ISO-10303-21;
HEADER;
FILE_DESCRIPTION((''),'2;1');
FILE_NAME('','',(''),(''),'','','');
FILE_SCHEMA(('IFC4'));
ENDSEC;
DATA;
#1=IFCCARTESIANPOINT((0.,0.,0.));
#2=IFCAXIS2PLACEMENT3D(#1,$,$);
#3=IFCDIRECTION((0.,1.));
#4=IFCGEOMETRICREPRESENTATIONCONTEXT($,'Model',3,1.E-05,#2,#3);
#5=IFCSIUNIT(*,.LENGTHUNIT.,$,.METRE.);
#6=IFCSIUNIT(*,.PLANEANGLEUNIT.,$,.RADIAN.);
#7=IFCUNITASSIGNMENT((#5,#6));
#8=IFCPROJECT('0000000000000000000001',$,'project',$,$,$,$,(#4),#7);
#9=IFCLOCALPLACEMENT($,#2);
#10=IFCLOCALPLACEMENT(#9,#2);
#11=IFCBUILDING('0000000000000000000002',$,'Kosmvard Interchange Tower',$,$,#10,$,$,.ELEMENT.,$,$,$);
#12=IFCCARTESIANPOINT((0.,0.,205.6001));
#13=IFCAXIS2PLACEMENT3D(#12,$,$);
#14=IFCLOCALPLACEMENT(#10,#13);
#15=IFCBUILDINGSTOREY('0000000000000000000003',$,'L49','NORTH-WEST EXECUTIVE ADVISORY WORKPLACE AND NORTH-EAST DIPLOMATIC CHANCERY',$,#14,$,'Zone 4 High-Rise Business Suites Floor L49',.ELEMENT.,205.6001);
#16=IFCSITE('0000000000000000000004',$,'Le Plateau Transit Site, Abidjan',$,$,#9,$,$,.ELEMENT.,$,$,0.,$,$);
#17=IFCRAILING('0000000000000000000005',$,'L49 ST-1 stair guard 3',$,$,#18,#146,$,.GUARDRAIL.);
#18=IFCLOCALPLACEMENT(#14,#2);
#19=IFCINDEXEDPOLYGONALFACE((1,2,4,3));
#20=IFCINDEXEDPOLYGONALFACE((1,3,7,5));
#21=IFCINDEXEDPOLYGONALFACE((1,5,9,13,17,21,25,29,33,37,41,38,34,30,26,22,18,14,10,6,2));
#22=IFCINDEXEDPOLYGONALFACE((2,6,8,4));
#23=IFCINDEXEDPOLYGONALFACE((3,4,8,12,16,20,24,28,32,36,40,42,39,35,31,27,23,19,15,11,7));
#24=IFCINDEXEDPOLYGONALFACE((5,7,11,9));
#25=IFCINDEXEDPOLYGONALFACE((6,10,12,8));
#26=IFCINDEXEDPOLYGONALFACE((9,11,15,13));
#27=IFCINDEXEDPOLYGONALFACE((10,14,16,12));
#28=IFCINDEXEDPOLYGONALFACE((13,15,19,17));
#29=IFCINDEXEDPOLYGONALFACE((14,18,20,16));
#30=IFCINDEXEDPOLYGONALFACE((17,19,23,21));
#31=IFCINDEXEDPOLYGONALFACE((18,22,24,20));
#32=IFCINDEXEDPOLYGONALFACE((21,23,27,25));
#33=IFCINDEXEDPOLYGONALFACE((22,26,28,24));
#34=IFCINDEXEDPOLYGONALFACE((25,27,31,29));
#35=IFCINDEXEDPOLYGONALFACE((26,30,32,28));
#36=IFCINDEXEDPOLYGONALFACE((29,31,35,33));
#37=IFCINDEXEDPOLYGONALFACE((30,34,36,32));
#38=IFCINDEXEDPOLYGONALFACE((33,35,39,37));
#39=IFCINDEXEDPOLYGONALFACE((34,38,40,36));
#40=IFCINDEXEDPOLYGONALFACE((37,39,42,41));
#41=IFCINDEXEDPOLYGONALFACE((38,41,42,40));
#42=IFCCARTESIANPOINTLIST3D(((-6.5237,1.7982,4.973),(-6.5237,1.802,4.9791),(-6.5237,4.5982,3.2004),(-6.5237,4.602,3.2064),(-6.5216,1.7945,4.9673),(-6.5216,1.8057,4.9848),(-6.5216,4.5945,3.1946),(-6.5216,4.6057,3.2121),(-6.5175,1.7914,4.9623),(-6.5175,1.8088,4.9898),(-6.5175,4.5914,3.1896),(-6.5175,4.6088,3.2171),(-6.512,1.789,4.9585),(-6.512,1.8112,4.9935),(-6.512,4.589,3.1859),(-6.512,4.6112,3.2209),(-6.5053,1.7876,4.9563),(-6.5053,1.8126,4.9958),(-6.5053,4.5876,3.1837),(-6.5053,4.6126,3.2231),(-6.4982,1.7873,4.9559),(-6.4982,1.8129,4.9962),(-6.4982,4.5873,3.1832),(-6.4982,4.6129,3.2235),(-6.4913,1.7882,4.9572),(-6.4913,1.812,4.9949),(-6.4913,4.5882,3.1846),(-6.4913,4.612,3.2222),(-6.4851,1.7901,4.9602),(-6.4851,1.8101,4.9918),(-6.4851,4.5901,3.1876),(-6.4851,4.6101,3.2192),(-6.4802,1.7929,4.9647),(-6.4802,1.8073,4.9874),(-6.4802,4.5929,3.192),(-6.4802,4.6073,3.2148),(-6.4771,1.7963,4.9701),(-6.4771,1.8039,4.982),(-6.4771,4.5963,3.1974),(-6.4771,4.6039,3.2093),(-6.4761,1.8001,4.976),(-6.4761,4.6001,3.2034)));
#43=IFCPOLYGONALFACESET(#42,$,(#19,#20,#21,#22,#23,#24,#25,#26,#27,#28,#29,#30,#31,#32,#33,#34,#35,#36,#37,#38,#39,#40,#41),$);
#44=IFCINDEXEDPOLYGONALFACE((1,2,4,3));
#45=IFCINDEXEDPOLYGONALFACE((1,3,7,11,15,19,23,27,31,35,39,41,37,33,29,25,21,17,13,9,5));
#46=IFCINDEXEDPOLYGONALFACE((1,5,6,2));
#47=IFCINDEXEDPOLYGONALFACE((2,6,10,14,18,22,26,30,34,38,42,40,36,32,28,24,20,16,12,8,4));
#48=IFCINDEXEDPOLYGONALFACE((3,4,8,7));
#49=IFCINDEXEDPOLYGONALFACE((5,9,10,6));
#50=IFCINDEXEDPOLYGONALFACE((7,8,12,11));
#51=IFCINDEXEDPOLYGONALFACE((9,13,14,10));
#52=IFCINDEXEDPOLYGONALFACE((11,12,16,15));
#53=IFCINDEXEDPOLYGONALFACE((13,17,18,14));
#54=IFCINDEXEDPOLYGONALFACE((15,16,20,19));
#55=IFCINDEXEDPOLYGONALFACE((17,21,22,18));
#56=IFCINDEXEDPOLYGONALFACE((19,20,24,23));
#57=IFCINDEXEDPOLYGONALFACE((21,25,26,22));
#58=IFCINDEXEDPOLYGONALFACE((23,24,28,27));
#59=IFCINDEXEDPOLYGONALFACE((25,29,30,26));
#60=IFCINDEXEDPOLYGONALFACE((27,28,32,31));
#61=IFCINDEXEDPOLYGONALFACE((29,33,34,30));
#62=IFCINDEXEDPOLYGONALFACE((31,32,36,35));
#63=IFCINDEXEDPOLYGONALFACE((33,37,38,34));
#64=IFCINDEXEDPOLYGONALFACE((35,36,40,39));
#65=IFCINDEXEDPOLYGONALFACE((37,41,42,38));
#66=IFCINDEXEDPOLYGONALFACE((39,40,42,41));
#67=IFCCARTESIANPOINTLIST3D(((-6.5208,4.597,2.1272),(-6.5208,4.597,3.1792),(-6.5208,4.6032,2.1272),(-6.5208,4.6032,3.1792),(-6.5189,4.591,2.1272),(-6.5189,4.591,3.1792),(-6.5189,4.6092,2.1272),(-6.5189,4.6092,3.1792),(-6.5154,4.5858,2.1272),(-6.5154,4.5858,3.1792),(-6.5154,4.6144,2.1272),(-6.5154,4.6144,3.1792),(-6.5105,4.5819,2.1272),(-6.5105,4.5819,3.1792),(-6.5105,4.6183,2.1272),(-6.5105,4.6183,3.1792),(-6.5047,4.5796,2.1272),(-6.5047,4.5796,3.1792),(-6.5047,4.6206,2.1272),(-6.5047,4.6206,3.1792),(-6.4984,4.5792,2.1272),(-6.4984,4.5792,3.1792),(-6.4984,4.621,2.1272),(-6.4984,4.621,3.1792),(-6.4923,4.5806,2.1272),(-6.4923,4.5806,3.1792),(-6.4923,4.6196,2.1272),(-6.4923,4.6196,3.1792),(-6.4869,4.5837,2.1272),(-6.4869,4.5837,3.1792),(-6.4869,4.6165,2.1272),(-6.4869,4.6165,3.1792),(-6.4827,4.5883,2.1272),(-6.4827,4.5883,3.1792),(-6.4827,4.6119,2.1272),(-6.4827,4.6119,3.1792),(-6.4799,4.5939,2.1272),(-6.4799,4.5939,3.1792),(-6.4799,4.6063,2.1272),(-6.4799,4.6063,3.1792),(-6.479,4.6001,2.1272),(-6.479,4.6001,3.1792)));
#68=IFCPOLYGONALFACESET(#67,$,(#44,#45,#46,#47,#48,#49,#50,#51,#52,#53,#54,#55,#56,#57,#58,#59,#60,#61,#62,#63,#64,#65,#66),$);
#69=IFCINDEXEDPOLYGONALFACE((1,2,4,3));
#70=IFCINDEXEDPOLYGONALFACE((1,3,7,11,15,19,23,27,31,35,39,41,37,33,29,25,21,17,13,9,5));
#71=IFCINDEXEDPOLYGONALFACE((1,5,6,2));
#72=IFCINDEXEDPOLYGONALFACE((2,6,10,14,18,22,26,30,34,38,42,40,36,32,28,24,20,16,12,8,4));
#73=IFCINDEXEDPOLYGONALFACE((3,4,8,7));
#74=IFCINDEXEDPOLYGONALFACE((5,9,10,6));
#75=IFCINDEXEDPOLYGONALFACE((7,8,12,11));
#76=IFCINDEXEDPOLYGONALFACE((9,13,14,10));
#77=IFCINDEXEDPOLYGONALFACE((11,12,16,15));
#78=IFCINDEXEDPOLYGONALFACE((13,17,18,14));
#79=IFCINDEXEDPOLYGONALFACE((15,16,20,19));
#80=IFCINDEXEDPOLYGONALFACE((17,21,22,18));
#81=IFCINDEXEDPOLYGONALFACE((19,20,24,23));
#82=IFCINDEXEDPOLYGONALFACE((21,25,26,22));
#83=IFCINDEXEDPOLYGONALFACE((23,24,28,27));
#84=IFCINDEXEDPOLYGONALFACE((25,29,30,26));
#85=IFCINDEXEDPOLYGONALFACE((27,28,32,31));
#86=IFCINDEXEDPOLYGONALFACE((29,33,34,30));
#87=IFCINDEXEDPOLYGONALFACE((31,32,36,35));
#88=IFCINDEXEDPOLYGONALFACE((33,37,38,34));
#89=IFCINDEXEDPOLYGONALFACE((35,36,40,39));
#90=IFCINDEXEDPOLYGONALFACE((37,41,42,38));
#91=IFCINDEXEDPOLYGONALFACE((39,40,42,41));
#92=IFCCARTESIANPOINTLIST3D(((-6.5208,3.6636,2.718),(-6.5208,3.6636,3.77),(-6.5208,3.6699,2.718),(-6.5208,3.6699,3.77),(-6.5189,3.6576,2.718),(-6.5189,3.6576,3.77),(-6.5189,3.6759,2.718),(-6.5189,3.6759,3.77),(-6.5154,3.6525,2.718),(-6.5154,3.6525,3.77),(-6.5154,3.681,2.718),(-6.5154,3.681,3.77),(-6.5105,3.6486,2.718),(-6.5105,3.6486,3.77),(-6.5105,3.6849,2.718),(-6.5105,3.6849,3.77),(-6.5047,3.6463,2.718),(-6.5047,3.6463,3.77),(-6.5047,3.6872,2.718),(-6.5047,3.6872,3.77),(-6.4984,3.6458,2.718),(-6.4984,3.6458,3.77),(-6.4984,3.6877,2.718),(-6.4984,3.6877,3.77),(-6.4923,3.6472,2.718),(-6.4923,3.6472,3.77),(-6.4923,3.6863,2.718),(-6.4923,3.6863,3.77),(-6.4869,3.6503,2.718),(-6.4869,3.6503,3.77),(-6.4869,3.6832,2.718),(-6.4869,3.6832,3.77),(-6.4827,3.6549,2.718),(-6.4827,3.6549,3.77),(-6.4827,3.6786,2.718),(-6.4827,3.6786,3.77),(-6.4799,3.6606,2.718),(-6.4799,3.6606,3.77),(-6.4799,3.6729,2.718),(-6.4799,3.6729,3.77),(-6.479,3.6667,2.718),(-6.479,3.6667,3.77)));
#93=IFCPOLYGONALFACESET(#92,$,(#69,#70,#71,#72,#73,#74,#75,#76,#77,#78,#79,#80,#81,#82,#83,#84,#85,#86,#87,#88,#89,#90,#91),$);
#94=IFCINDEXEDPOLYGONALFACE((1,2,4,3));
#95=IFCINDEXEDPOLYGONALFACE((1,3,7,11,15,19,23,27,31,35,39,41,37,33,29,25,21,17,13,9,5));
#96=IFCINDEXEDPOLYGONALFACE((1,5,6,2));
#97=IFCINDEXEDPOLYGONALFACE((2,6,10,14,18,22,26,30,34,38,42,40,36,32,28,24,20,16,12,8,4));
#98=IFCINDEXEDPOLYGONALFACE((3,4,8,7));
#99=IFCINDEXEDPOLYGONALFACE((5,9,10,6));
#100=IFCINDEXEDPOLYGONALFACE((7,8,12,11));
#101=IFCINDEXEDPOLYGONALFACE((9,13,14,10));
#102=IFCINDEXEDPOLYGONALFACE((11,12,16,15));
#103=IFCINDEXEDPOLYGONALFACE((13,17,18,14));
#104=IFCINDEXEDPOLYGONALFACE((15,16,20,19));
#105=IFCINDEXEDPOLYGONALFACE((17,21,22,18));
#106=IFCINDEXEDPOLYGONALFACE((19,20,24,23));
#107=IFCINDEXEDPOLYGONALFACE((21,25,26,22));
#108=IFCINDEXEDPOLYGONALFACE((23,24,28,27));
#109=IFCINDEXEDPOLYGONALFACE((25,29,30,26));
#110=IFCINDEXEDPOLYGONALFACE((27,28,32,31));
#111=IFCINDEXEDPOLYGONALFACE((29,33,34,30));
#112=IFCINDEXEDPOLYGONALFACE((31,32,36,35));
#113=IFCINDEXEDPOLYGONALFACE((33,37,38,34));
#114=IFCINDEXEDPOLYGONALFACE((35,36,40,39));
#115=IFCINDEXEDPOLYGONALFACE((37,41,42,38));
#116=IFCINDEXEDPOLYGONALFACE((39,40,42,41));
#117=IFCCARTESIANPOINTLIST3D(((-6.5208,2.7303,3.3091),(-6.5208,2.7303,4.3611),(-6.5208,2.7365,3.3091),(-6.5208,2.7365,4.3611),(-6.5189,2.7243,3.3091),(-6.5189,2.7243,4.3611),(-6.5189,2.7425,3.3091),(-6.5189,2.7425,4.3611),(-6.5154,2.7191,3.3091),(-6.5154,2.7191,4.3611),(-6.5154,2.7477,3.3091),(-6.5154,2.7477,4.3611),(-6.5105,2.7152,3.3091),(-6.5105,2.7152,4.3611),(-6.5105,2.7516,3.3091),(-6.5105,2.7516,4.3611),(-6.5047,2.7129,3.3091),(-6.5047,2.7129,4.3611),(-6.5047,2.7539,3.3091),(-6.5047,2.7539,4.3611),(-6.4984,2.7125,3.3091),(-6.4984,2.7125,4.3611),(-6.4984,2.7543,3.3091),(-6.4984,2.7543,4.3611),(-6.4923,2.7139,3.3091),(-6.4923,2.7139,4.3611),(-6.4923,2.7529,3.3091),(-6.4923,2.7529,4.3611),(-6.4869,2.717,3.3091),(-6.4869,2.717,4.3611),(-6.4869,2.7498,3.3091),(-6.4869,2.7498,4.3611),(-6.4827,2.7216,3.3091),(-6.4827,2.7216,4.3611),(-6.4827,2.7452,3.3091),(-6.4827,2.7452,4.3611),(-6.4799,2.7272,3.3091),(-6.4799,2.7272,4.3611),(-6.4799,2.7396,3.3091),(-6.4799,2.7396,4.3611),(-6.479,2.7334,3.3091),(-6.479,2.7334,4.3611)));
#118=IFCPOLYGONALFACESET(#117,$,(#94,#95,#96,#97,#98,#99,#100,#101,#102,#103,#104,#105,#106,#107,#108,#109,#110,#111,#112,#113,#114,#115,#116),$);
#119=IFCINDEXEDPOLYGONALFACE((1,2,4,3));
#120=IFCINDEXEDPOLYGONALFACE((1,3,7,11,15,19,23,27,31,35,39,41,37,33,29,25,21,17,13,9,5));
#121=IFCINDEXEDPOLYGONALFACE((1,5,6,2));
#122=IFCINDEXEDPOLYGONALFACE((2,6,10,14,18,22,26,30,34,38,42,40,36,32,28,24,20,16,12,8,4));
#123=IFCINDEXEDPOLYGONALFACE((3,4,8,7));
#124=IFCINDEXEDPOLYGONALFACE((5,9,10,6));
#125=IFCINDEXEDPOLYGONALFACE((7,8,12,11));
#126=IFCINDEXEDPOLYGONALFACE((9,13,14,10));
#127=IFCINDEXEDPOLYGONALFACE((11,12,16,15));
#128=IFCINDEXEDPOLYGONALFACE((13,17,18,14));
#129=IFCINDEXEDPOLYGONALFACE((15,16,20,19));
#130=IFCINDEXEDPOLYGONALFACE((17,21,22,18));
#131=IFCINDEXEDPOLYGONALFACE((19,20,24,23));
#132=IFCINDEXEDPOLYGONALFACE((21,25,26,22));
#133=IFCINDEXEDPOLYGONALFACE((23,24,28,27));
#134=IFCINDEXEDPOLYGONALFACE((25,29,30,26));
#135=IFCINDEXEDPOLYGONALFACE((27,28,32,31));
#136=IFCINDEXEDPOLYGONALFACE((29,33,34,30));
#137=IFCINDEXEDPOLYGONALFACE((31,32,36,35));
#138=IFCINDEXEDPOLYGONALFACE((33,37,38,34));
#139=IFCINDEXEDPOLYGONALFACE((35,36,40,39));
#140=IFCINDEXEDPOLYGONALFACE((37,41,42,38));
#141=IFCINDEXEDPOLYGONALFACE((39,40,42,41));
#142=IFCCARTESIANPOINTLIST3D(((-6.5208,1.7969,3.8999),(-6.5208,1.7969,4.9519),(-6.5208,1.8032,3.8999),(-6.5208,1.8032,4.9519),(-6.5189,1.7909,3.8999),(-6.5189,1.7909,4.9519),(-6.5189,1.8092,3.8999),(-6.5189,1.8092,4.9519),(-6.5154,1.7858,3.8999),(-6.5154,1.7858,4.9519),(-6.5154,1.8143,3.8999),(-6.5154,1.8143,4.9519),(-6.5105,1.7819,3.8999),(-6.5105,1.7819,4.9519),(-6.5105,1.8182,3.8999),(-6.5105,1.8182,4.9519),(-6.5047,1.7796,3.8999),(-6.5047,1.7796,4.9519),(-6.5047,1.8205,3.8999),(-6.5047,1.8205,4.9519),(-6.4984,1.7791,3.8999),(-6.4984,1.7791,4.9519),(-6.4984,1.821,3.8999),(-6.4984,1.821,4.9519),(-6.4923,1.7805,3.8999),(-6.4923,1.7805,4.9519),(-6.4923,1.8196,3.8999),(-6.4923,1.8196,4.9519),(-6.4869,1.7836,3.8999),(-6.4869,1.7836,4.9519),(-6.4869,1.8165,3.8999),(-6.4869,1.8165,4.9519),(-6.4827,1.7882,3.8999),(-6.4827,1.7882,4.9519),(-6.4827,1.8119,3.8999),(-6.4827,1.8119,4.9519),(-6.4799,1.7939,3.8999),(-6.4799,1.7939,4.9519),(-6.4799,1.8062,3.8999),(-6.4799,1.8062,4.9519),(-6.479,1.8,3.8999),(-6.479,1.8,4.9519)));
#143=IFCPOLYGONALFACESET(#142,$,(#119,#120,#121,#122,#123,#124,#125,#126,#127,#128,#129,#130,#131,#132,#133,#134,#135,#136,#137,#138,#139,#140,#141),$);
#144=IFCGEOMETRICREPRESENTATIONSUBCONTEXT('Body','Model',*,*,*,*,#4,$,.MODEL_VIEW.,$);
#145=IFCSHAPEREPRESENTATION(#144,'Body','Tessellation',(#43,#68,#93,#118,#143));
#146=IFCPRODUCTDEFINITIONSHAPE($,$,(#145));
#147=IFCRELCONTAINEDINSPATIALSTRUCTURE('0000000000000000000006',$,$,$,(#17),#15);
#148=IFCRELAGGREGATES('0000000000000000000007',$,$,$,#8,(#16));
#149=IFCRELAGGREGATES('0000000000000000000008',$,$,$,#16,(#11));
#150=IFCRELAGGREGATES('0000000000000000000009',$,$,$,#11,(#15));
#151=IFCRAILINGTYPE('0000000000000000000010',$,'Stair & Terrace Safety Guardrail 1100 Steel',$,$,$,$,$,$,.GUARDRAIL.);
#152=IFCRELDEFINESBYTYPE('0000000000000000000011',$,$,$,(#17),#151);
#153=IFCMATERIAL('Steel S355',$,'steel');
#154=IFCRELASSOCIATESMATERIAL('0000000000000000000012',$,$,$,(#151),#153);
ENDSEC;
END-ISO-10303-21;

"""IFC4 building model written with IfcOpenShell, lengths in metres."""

from ifc_helpers import new_model, si_unit, direction, frame, origin, origin_2d, place, context, subcontext, project, spatial, circle, extrude, source, transform, mapped, material, type_object, element, save


model = new_model("IFC4")

# Units and contexts
model_context = context("Model", 3, precision=1e-05, world=origin(), true_north=direction((0.0, 1.0)))
body_context = subcontext(model_context, "Body", "Model", "MODEL_VIEW")
ifc_project = project(units=[si_unit("LENGTHUNIT", "METRE"), si_unit("PLANEANGLEUNIT", "RADIAN")], contexts=[model_context])

# Site, building, storey
site_placement = place(None, origin())
site = spatial("IfcSite", under=ifc_project, at=site_placement, Name="Le Plateau Transit Site, Abidjan", CompositionType="ELEMENT", RefElevation=0.0)
building_placement = place(site_placement, origin())
building = spatial("IfcBuilding", under=site, at=building_placement, Name="Kosmvard Interchange Tower", CompositionType="ELEMENT")
storey_placement = place(building_placement, frame((0.0, 0.0, 205.6001)))
storey = spatial("IfcBuildingStorey", under=building, at=storey_placement, Name="L49", Description="NORTH-WEST EXECUTIVE ADVISORY WORKPLACE AND NORTH-EAST DIPLOMATIC CHANCERY", LongName="Zone 4 High-Rise Business Suites Floor L49", CompositionType="ELEMENT", Elevation=205.6001)

# Railing
ifc_material_1 = material(Name="Steel S355", Category="steel")
railing_type_1 = type_object("IfcRailingType", Name="Stair & Terrace Safety Guardrail 1100 Steel", PredefinedType="GUARDRAIL", material=ifc_material_1)
shared_shape_1 = source(origin(), body_context, "Body", "SweptSolid", [
    extrude(circle(Radius=0.0239, at=origin_2d()), frame((0.0, 0.0, 1.0762), z_axis=(0.0, -0.844909, 0.53491), x_axis=(1.0, 0.0, 0.0)), (0.0, 0.0, 1.0), 3.314),
    extrude(circle(Radius=0.021, at=origin_2d()), origin(), (0.0, 0.0, 1.0), 1.052),
    extrude(circle(Radius=0.021, at=origin_2d()), frame((0.0, -0.9333, 0.5908)), (0.0, 0.0, 1.0), 1.052),
    extrude(circle(Radius=0.021, at=origin_2d()), frame((0.0, -1.8667, 1.1819)), (0.0, 0.0, 1.0), 1.052),
    extrude(circle(Radius=0.021, at=origin_2d()), frame((0.0, -2.8, 1.7727)), (0.0, 0.0, 1.0), 1.052),
])
railing_1_placement = place(storey_placement, frame((-6.5, 4.6001, 2.1272)))
element("IfcRailing", 1, at=railing_1_placement, inside=storey, type_object=railing_type_1, Name="L49 ST-1 stair guard 3", PredefinedType="GUARDRAIL", context=body_context, shape_type="MappedRepresentation", body=[
    mapped(shared_shape_1, transform((0.0, 0.0, 0.0), scale=1.0)),
])

save(model, "model.ifc")
